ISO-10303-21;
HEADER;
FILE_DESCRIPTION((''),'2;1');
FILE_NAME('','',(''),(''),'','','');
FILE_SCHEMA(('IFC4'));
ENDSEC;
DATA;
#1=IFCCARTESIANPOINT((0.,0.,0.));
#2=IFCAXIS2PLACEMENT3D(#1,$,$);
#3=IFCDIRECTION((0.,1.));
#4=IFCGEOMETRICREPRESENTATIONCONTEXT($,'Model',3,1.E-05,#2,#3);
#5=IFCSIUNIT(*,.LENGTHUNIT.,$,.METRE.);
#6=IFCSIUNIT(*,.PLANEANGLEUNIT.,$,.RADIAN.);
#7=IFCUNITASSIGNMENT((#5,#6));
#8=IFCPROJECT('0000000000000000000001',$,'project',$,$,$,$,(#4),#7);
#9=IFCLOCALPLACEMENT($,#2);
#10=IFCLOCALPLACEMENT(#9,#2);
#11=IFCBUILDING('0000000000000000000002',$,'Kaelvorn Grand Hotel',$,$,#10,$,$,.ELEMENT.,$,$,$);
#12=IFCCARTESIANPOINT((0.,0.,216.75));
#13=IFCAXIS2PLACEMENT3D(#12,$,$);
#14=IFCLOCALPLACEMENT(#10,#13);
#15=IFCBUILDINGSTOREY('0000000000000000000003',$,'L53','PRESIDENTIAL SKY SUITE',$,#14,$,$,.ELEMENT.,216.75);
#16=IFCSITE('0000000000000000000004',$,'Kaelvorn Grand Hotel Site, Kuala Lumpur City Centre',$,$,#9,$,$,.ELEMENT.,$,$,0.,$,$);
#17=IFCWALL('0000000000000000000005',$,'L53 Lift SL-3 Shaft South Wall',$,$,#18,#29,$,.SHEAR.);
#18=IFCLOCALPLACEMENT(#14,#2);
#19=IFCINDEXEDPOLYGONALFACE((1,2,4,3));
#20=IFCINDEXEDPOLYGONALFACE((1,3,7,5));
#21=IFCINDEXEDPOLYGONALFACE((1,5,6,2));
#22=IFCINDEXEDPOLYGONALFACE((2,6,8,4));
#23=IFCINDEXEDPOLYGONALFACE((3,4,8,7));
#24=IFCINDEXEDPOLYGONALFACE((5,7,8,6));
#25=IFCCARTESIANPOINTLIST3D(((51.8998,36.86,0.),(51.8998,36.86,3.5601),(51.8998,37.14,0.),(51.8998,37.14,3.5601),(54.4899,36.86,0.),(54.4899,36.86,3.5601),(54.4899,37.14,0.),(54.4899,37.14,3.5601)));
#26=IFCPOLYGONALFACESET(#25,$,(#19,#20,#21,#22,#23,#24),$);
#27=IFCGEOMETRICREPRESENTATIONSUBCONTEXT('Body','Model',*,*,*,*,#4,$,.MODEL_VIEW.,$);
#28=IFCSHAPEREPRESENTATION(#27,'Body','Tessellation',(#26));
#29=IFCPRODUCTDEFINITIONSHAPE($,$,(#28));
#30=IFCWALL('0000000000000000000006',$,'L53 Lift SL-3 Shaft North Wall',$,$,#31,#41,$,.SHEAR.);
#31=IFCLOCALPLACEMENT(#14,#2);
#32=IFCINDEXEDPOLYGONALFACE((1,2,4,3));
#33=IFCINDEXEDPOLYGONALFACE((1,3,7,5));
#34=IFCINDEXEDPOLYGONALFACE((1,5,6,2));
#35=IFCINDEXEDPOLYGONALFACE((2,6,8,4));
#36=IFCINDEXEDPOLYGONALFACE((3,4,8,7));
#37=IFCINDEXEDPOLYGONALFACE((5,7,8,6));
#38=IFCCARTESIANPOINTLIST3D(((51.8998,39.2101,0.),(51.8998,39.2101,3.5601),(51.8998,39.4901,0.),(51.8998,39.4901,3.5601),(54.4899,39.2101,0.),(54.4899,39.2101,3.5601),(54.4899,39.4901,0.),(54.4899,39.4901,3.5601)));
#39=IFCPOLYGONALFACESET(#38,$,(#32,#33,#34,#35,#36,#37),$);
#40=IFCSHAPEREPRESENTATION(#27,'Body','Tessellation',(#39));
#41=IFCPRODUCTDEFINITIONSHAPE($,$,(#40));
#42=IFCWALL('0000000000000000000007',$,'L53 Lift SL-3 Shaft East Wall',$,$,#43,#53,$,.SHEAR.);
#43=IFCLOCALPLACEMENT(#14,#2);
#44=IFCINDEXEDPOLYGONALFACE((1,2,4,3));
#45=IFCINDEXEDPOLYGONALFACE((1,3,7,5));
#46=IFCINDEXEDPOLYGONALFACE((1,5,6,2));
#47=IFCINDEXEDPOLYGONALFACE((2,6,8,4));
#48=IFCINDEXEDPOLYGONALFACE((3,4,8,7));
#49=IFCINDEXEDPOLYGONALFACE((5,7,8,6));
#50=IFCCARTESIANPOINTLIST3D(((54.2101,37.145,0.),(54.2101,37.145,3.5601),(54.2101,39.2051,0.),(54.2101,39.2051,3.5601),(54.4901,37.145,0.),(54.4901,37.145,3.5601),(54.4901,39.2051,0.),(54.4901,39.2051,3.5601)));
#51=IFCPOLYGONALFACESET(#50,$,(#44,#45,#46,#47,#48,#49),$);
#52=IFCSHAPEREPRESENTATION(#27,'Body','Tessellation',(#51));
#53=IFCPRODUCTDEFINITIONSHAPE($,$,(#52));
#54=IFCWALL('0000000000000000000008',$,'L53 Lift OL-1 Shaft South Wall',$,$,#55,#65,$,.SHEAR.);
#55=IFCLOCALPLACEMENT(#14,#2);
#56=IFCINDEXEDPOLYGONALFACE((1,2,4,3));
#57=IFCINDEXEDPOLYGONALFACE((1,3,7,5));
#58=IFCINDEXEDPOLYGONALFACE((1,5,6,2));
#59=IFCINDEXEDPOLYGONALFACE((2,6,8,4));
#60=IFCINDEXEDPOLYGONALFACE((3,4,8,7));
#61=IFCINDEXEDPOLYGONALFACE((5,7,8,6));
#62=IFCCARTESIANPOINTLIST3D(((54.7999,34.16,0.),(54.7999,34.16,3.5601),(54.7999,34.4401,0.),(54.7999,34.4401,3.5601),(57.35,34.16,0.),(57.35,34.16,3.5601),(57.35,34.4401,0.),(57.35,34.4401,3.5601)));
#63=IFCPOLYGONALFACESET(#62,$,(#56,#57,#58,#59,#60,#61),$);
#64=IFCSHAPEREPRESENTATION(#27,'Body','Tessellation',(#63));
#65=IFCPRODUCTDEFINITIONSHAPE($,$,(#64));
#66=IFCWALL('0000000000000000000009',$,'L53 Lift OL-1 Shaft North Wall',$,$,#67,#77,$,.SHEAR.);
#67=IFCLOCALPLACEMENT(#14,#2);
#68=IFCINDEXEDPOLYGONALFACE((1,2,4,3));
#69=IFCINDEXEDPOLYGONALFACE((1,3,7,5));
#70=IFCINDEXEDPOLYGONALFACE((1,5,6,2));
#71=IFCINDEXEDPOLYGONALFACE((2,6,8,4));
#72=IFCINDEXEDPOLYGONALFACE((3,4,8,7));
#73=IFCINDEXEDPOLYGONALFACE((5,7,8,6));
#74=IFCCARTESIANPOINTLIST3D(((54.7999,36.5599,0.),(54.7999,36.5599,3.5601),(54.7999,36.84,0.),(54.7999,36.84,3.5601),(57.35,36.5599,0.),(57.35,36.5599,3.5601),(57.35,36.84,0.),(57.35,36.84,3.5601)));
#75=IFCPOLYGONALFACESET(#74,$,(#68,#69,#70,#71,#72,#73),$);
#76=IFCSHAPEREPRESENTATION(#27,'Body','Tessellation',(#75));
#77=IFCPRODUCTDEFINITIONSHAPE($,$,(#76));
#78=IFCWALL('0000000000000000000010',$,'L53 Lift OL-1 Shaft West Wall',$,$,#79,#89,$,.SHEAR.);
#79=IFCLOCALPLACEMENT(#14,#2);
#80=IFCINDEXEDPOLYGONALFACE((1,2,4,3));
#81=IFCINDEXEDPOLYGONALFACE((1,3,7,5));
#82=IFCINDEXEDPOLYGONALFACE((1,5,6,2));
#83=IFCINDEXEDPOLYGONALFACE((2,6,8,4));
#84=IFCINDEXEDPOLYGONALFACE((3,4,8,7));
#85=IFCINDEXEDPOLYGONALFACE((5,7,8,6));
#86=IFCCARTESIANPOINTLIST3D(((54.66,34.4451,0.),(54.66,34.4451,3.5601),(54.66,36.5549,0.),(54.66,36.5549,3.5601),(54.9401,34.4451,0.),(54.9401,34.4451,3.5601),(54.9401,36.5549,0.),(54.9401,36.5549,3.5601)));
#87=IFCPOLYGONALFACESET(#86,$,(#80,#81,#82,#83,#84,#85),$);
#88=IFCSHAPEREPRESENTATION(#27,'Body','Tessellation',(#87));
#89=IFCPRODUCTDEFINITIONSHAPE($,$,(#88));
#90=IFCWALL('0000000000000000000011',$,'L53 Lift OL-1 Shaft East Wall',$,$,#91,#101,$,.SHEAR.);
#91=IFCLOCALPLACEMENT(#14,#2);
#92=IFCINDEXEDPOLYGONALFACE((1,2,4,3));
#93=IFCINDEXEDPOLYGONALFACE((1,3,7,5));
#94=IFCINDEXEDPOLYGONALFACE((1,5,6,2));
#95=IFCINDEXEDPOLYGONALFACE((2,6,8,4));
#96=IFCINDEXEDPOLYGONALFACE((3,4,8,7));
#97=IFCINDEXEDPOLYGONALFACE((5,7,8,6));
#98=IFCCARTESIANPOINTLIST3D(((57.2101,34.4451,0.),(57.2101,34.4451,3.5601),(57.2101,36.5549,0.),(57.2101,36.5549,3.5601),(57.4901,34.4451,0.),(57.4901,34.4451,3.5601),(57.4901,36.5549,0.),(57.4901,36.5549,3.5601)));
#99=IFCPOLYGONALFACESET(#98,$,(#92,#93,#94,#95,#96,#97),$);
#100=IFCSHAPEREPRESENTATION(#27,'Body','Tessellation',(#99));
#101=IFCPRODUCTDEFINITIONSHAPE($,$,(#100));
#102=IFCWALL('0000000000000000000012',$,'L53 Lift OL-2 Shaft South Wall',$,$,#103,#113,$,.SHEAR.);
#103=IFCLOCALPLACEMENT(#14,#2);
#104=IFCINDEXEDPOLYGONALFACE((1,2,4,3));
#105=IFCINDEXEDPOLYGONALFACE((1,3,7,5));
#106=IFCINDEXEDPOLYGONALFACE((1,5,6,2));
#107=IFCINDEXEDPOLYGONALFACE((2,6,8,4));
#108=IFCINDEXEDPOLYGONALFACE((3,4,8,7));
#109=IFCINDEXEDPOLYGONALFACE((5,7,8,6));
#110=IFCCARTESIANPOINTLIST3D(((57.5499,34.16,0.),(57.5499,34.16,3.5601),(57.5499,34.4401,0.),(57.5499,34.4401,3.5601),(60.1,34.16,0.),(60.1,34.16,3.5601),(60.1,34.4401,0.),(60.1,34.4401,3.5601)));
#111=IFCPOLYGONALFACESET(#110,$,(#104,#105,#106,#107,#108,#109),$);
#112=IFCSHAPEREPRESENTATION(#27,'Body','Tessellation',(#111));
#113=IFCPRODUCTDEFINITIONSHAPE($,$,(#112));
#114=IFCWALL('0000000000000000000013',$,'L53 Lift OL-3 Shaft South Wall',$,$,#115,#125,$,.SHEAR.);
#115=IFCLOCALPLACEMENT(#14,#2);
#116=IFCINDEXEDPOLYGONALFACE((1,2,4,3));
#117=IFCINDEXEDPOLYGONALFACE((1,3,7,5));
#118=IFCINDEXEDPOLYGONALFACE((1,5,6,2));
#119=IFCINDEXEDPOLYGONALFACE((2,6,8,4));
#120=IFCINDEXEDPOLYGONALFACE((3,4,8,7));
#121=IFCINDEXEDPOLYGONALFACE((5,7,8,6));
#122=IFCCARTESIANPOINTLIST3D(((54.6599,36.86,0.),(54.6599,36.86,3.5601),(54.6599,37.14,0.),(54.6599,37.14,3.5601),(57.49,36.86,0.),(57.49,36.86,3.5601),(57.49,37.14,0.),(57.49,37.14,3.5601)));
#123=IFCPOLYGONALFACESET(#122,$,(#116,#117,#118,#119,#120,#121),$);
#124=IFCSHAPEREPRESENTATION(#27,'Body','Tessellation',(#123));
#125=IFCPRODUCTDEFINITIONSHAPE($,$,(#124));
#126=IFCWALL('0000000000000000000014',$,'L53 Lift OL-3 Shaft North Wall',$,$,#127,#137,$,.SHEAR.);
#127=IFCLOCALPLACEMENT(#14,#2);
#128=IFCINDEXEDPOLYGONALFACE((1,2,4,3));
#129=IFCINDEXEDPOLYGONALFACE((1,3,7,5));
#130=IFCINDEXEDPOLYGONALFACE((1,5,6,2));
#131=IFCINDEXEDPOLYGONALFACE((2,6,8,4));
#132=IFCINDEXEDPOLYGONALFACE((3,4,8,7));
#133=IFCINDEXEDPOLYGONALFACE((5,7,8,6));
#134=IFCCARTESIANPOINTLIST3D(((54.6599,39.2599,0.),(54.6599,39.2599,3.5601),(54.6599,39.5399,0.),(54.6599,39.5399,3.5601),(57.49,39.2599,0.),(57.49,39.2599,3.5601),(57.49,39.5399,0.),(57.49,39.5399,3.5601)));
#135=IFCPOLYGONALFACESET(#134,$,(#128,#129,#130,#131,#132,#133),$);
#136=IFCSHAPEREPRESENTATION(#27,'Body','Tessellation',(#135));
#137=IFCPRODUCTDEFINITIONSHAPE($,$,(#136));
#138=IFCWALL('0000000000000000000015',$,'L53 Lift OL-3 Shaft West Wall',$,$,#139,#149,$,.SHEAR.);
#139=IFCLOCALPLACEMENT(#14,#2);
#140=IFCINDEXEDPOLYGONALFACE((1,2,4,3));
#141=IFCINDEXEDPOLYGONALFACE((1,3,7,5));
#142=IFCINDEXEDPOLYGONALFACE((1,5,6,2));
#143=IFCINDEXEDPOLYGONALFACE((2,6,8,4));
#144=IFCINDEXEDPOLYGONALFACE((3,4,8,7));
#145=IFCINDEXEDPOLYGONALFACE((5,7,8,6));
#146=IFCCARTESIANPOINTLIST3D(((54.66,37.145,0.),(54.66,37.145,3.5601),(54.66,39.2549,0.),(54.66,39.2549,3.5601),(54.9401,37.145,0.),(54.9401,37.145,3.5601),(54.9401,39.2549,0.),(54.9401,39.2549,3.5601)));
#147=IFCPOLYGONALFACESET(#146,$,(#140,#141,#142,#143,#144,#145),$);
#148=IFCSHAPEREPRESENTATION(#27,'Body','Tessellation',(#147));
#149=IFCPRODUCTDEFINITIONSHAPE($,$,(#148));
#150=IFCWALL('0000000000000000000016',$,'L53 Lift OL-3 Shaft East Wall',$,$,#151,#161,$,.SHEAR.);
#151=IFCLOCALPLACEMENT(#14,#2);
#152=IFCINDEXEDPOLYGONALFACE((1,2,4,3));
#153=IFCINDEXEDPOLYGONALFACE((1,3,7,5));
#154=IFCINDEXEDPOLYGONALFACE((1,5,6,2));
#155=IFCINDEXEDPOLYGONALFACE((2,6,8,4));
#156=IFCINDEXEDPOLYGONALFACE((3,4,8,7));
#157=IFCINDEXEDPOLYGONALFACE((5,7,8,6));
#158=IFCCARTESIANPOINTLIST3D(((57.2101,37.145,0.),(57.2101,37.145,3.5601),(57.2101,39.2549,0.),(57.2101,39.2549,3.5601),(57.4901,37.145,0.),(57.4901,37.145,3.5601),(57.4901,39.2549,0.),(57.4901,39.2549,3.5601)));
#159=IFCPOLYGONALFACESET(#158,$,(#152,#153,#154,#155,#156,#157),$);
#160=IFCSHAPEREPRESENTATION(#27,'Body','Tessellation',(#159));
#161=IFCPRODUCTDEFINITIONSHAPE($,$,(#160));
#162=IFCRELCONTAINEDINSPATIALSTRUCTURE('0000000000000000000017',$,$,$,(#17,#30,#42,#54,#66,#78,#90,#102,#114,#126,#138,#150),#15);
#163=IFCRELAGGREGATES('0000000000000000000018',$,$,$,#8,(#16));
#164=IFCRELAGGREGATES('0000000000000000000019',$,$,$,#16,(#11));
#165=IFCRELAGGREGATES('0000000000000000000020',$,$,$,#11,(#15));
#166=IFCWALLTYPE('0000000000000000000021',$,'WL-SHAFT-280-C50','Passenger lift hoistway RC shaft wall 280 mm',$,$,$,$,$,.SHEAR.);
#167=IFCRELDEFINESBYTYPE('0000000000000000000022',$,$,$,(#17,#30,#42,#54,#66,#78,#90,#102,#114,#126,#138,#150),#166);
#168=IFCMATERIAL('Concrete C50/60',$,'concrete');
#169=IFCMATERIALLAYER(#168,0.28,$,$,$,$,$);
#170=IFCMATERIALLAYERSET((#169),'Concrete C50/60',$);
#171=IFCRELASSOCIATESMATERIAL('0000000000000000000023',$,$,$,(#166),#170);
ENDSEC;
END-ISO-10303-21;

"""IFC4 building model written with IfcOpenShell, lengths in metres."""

from ifc_helpers import new_model, si_unit, direction, frame, frame_2d, origin, place, context, subcontext, project, spatial, rectangle, extrude, material, layer, layer_set, type_object, element, save


model = new_model("IFC4")

# Units and contexts
model_context = context("Model", 3, precision=1e-05, world=origin(), true_north=direction((0.0, 1.0)))
body_context = subcontext(model_context, "Body", "Model", "MODEL_VIEW")
ifc_project = project(units=[si_unit("LENGTHUNIT", "METRE"), si_unit("PLANEANGLEUNIT", "RADIAN")], contexts=[model_context])

# Site, building, storey
site_placement = place(None, origin())
site = spatial("IfcSite", under=ifc_project, at=site_placement, Name="Kaelvorn Grand Hotel Site, Kuala Lumpur City Centre", CompositionType="ELEMENT", RefElevation=0.0)
building_placement = place(site_placement, origin())
building = spatial("IfcBuilding", under=site, at=building_placement, Name="Kaelvorn Grand Hotel", CompositionType="ELEMENT")
storey_placement = place(building_placement, frame((0.0, 0.0, 216.75)))
storey = spatial("IfcBuildingStorey", under=building, at=storey_placement, Name="L53", Description="PRESIDENTIAL SKY SUITE", CompositionType="ELEMENT", Elevation=216.75)

# Shared definitions
ifc_material_1 = material(Name="Concrete C50/60", Category="concrete")

# Shared definitions
ifc_layer_1 = layer(ifc_material_1, 0.28)
ifc_layer_set_1 = layer_set([ifc_layer_1], Name="Concrete C50/60")
wall_type_1 = type_object("IfcWallType", Name="WL-SHAFT-280-C50", Description="Passenger lift hoistway RC shaft wall 280 mm", PredefinedType="SHEAR", material=ifc_layer_set_1)

# Walls
for number, where, z_axis, x_axis, name in (
    (1, (51.8999, 37.0, 0.0), (0.0, 0.0, 1.0), (1.0, 0.0, 0.0), "L53 Lift SL-3 Shaft South Wall"),
    (2, (51.8999, 39.3501, 0.0), (0.0, 0.0, 1.0), (1.0, 0.0, 0.0), "L53 Lift SL-3 Shaft North Wall"),
):
    element("IfcWall", number, at=place(storey_placement, frame(where, z_axis=z_axis, x_axis=x_axis)), inside=storey, type_object=wall_type_1, Name=name, PredefinedType="SHEAR", context=body_context, shape_type="SweptSolid", body=[
        extrude(rectangle(XDim=2.5901, YDim=0.28, at=frame_2d((1.2949, 0.0))), origin(), (0.0, 0.0, 1.0), 3.5601),
    ])
wall_1_placement = place(storey_placement, frame((54.3501, 37.145, 0.0), z_axis=(0.0, 0.0, 1.0), x_axis=(0.0, 1.0, 0.0)))
element("IfcWall", 3, at=wall_1_placement, inside=storey, type_object=wall_type_1, Name="L53 Lift SL-3 Shaft East Wall", PredefinedType="SHEAR", context=body_context, shape_type="SweptSolid", body=[
    extrude(rectangle(XDim=2.0601, YDim=0.28, at=frame_2d((1.03, 0.0))), origin(), (0.0, 0.0, 1.0), 3.5601),
])
for number, where, z_axis, x_axis, name in (
    (4, (54.8, 34.3, 0.0), (0.0, 0.0, 1.0), (1.0, 0.0, 0.0), "L53 Lift OL-1 Shaft South Wall"),
    (5, (54.8, 36.7, 0.0), (0.0, 0.0, 1.0), (1.0, 0.0, 0.0), "L53 Lift OL-1 Shaft North Wall"),
):
    element("IfcWall", number, at=place(storey_placement, frame(where, z_axis=z_axis, x_axis=x_axis)), inside=storey, type_object=wall_type_1, Name=name, PredefinedType="SHEAR", context=body_context, shape_type="SweptSolid", body=[
        extrude(rectangle(XDim=2.55, YDim=0.28, at=frame_2d((1.2749, 0.0))), origin(), (0.0, 0.0, 1.0), 3.5601),
    ])
for number, where, z_axis, x_axis, name in (
    (6, (54.8, 34.4451, 0.0), (0.0, 0.0, 1.0), (0.0, 1.0, 0.0), "L53 Lift OL-1 Shaft West Wall"),
    (7, (57.3501, 34.4451, 0.0), (0.0, 0.0, 1.0), (0.0, 1.0, 0.0), "L53 Lift OL-1 Shaft East Wall"),
):
    element("IfcWall", number, at=place(storey_placement, frame(where, z_axis=z_axis, x_axis=x_axis)), inside=storey, type_object=wall_type_1, Name=name, PredefinedType="SHEAR", context=body_context, shape_type="SweptSolid", body=[
        extrude(rectangle(XDim=2.1099, YDim=0.28, at=frame_2d((1.0549, 0.0))), origin(), (0.0, 0.0, 1.0), 3.5601),
    ])
wall_2_placement = place(storey_placement, frame((57.55, 34.3, 0.0), z_axis=(0.0, 0.0, 1.0), x_axis=(1.0, 0.0, 0.0)))
element("IfcWall", 8, at=wall_2_placement, inside=storey, type_object=wall_type_1, Name="L53 Lift OL-2 Shaft South Wall", PredefinedType="SHEAR", context=body_context, shape_type="SweptSolid", body=[
    extrude(rectangle(XDim=2.55, YDim=0.28, at=frame_2d((1.2749, 0.0))), origin(), (0.0, 0.0, 1.0), 3.5601),
])
for number, where, z_axis, x_axis, name in (
    (9, (54.6599, 37.0, 0.0), (0.0, 0.0, 1.0), (1.0, 0.0, 0.0), "L53 Lift OL-3 Shaft South Wall"),
    (10, (54.6599, 39.3999, 0.0), (0.0, 0.0, 1.0), (1.0, 0.0, 0.0), "L53 Lift OL-3 Shaft North Wall"),
):
    element("IfcWall", number, at=place(storey_placement, frame(where, z_axis=z_axis, x_axis=x_axis)), inside=storey, type_object=wall_type_1, Name=name, PredefinedType="SHEAR", context=body_context, shape_type="SweptSolid", body=[
        extrude(rectangle(XDim=2.8301, YDim=0.28, at=frame_2d((1.415, 0.0))), origin(), (0.0, 0.0, 1.0), 3.5601),
    ])
for number, where, z_axis, x_axis, name in (
    (11, (54.8, 37.145, 0.0), (0.0, 0.0, 1.0), (0.0, 1.0, 0.0), "L53 Lift OL-3 Shaft West Wall"),
    (12, (57.3501, 37.145, 0.0), (0.0, 0.0, 1.0), (0.0, 1.0, 0.0), "L53 Lift OL-3 Shaft East Wall"),
):
    element("IfcWall", number, at=place(storey_placement, frame(where, z_axis=z_axis, x_axis=x_axis)), inside=storey, type_object=wall_type_1, Name=name, PredefinedType="SHEAR", context=body_context, shape_type="SweptSolid", body=[
        extrude(rectangle(XDim=2.1099, YDim=0.28, at=frame_2d((1.0549, 0.0))), origin(), (0.0, 0.0, 1.0), 3.5601),
    ])

save(model, "model.ifc")
